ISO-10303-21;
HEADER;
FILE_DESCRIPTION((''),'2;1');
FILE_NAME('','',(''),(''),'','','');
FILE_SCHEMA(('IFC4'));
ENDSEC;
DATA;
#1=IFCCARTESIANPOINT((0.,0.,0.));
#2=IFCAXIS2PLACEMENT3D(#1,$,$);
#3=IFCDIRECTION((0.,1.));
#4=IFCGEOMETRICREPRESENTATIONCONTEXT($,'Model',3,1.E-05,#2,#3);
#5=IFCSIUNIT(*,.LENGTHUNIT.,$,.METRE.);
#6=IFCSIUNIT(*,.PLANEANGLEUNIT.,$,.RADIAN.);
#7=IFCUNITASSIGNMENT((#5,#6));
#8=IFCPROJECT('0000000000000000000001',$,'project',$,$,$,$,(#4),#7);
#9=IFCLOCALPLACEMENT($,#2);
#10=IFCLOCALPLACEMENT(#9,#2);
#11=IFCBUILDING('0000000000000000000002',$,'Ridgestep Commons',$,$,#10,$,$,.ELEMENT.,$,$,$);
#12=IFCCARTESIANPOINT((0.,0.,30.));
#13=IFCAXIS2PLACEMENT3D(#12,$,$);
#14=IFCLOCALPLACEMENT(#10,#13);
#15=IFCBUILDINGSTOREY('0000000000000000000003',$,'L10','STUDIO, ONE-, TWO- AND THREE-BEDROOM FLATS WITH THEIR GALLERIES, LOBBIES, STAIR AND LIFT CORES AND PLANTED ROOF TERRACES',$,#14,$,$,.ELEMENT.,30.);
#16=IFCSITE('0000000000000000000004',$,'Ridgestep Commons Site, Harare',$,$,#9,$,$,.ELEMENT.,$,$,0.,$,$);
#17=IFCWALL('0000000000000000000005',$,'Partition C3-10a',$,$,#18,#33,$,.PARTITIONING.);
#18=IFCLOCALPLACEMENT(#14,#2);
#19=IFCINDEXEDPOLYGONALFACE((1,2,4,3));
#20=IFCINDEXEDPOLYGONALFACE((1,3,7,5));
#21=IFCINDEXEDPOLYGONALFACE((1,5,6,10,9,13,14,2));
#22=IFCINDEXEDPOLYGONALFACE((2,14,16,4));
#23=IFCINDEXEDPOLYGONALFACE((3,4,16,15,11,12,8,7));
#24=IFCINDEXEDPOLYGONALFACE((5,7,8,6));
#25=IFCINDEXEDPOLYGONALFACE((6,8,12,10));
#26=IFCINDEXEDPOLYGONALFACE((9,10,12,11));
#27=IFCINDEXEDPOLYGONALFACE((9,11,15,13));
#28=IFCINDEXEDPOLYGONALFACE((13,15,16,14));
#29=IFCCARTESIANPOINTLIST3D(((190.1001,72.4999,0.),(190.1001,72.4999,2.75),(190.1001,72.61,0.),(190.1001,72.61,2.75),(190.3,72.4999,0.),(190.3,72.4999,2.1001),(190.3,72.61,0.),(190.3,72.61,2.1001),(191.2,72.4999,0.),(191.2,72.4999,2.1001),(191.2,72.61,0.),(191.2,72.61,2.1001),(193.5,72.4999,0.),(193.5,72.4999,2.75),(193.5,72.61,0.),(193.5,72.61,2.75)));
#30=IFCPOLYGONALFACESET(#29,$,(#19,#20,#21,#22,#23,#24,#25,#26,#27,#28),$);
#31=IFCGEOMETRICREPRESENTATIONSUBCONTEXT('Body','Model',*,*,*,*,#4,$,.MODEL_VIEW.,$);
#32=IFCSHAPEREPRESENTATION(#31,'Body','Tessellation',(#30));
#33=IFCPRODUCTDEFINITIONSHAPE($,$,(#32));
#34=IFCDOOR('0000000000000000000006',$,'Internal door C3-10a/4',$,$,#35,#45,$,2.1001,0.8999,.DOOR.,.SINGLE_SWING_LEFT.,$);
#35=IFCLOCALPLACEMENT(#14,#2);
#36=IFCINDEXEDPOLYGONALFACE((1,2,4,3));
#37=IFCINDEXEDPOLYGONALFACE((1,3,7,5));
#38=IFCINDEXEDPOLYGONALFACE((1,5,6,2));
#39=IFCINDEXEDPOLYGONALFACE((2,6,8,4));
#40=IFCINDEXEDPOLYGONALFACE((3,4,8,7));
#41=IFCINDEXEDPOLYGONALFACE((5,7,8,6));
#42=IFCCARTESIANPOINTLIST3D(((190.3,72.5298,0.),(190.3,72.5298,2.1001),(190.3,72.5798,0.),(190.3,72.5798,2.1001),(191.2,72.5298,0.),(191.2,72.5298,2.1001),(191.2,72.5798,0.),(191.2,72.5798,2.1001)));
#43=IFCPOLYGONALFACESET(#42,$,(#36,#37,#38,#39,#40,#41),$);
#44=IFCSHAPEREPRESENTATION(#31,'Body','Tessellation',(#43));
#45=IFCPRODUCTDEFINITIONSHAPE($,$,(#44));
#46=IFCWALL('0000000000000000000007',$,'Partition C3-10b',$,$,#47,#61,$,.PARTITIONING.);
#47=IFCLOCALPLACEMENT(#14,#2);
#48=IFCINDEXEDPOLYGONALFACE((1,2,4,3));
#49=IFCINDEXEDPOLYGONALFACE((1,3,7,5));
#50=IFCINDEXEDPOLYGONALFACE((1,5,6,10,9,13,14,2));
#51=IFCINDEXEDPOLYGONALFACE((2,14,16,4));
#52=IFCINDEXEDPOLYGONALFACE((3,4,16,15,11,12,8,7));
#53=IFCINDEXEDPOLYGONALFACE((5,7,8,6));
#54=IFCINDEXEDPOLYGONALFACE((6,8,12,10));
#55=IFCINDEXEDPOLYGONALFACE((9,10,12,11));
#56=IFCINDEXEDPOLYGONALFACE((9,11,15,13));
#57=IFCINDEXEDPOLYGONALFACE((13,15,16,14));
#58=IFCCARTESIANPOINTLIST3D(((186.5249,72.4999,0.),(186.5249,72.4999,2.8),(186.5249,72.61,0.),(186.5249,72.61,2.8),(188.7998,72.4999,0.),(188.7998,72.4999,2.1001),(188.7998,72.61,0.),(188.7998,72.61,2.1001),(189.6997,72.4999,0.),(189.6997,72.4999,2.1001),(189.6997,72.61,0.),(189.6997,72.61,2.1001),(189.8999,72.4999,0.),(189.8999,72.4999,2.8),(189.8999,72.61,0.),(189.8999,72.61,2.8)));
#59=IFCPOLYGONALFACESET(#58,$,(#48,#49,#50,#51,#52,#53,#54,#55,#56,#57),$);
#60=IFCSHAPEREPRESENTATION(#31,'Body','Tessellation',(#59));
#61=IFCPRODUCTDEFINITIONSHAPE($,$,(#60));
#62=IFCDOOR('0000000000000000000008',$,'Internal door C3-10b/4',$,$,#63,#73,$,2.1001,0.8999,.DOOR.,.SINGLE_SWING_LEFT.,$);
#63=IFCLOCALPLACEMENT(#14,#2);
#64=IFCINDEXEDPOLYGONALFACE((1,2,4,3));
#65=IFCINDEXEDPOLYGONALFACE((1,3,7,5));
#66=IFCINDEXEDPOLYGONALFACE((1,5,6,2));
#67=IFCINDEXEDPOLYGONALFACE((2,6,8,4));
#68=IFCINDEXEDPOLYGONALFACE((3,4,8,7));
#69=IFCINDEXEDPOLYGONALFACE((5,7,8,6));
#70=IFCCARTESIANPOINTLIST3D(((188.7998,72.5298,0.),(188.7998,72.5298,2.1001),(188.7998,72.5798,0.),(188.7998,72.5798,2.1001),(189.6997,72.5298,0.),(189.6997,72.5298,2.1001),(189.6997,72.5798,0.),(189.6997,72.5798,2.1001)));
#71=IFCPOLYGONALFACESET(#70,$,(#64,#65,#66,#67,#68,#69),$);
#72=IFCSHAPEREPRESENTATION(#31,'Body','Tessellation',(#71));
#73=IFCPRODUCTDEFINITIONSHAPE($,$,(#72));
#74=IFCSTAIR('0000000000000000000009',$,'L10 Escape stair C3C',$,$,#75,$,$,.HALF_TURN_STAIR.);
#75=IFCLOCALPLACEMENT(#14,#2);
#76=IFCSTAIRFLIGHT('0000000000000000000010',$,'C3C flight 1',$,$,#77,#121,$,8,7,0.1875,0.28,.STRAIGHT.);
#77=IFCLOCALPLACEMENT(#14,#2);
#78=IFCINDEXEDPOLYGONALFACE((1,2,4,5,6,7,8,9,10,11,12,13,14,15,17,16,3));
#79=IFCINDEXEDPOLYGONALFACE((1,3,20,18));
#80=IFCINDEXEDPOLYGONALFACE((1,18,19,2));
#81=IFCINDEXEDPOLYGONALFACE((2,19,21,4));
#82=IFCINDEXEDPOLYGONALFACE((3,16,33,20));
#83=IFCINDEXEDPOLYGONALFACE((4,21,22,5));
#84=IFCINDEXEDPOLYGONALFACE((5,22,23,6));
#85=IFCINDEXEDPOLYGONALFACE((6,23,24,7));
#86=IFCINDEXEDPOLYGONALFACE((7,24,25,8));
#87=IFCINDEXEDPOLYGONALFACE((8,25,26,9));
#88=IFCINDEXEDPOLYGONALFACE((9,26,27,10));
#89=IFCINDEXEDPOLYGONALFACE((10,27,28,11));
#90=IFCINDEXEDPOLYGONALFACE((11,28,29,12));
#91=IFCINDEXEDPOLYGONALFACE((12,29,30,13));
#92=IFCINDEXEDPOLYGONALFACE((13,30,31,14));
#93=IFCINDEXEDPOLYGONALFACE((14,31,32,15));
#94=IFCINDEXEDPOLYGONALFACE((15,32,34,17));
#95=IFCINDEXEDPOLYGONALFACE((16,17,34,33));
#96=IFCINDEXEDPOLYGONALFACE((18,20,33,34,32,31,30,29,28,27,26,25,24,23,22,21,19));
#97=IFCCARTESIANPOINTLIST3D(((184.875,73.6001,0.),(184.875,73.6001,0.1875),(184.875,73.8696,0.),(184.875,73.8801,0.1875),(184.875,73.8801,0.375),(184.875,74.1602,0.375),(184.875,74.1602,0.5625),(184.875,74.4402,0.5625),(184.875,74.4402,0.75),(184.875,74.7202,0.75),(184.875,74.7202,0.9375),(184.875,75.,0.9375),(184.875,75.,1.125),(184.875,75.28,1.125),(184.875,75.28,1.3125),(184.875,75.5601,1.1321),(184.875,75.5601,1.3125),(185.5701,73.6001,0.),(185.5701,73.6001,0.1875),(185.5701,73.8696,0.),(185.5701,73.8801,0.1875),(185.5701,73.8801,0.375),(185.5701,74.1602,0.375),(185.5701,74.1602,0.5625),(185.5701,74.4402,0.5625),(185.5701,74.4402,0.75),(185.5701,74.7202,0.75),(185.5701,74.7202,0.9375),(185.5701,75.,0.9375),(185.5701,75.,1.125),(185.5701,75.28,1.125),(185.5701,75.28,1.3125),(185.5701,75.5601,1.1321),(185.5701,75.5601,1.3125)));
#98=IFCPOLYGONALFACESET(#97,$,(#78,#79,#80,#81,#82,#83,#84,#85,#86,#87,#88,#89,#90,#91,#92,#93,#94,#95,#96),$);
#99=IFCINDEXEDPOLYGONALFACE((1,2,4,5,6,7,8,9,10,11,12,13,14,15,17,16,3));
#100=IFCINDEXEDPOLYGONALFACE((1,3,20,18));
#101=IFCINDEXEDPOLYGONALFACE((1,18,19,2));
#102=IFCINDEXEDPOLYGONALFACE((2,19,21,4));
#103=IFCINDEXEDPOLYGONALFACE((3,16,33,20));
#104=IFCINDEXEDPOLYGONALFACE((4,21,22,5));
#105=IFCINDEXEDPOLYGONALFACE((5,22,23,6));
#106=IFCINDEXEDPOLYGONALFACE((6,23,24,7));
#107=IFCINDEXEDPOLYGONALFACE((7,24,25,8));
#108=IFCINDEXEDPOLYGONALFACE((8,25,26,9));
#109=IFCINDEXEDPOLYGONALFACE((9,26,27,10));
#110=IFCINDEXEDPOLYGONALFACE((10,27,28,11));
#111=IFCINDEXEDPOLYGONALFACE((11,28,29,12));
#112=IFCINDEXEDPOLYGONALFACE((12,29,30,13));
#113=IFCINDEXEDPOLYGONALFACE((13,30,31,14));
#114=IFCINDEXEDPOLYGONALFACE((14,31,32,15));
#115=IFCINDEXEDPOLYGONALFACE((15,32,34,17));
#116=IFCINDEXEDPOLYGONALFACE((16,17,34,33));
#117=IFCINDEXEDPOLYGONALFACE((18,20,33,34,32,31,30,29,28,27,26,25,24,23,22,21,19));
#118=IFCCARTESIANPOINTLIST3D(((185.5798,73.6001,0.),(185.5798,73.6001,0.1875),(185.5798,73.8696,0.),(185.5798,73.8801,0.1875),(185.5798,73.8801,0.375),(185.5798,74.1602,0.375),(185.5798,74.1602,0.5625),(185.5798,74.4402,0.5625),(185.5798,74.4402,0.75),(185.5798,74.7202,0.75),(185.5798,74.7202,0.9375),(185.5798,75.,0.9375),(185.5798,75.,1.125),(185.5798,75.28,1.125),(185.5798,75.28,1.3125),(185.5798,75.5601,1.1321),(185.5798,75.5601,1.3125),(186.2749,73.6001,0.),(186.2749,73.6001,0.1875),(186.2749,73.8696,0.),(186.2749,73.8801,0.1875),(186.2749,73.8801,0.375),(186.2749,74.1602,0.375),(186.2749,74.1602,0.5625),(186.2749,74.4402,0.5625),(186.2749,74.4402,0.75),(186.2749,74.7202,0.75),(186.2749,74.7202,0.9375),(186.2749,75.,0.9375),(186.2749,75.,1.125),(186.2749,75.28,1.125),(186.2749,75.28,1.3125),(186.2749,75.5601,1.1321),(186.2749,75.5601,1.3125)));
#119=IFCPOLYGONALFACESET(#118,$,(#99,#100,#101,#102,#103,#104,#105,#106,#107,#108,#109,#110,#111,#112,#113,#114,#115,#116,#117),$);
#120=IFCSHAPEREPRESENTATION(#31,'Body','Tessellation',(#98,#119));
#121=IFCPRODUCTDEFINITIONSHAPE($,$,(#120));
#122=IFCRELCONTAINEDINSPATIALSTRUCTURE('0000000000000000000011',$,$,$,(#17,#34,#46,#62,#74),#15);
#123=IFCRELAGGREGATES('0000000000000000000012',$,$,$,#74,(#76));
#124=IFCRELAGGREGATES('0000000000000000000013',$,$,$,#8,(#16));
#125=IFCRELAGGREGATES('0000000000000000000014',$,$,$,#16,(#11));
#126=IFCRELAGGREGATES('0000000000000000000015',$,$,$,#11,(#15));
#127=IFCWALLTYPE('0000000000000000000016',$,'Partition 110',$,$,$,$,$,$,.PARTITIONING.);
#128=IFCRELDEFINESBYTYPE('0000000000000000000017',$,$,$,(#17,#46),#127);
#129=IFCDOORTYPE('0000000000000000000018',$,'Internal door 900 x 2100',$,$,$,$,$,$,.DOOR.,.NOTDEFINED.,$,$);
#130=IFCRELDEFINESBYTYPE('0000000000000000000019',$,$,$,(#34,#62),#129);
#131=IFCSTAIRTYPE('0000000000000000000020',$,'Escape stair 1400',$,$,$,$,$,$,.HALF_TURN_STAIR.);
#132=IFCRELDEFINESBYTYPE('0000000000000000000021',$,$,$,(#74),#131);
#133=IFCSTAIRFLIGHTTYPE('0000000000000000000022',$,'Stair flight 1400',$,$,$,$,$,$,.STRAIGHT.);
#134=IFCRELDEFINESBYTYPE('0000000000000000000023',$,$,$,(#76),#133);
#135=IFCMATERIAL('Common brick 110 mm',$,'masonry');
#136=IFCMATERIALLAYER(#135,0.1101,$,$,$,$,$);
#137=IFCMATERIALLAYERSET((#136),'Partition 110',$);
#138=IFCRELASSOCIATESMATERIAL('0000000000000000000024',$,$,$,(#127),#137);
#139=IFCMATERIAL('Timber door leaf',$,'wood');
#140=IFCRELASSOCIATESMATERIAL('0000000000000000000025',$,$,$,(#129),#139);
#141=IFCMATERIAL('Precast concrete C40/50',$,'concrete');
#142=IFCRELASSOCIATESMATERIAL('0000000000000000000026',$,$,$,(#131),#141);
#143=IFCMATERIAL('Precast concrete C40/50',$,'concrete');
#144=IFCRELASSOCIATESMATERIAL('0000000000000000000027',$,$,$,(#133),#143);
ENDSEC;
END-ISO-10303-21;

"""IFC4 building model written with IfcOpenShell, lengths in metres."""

from ifc_helpers import new_model, si_unit, direction, frame, frame_2d, origin, place, context, subcontext, project, spatial, polyline, rectangle, outline, extrude, material, layer, layer_set, type_object, element, fill, aggregate, save


model = new_model("IFC4")

# Units and contexts
model_context = context("Model", 3, precision=1e-05, world=origin(), true_north=direction((0.0, 1.0)))
body_context = subcontext(model_context, "Body", "Model", "MODEL_VIEW")
ifc_project = project(units=[si_unit("LENGTHUNIT", "METRE"), si_unit("PLANEANGLEUNIT", "RADIAN")], contexts=[model_context])

# Site, building, storey
site_placement = place(None, origin())
site = spatial("IfcSite", under=ifc_project, at=site_placement, Name="Ridgestep Commons Site, Harare", CompositionType="ELEMENT", RefElevation=0.0)
building_placement = place(site_placement, origin())
building = spatial("IfcBuilding", under=site, at=building_placement, Name="Ridgestep Commons", CompositionType="ELEMENT")
storey_placement = place(building_placement, frame((0.0, 0.0, 30.0)))
storey = spatial("IfcBuildingStorey", under=building, at=storey_placement, Name="L10", Description="STUDIO, ONE-, TWO- AND THREE-BEDROOM FLATS WITH THEIR GALLERIES, LOBBIES, STAIR AND LIFT CORES AND PLANTED ROOF TERRACES", CompositionType="ELEMENT", Elevation=30.0)

# Walls, openings, doors
ifc_material_1 = material(Name="Common brick 110 mm", Category="masonry")
ifc_layer_1 = layer(ifc_material_1, 0.1101)
ifc_layer_set_1 = layer_set([ifc_layer_1], Name="Partition 110")
wall_type_1 = type_object("IfcWallType", Name="Partition 110", PredefinedType="PARTITIONING", material=ifc_layer_set_1)
wall_1_placement = place(storey_placement, frame((190.1001, 72.5549, 0.0), z_axis=(0.0, 0.0, 1.0), x_axis=(1.0, 0.0, 0.0)))
wall_1 = element("IfcWall", 1, at=wall_1_placement, inside=storey, type_object=wall_type_1, Name="Partition C3-10a", PredefinedType="PARTITIONING", context=body_context, shape_type="SweptSolid", body=[
    extrude(rectangle(XDim=3.3999, YDim=0.1101, at=frame_2d((1.7, 0.0))), origin(), (0.0, 0.0, 1.0), 2.75),
])
opening_1_placement = place(wall_1_placement, frame((0.2, 0.0, 0.0)))
opening_1 = element("IfcOpeningElement", 2, at=opening_1_placement, cuts=wall_1, PredefinedType="OPENING", context=body_context, shape_type="SweptSolid", body=[
    extrude(rectangle(XDim=0.8999, YDim=2.1001, at=frame_2d((0.45, 1.05))), frame((0.0, 0.0649, 0.0), z_axis=(0.0, -1.0, 0.0), x_axis=(1.0, 0.0, 0.0)), (0.0, 0.0, 1.0), 0.1301),
])
ifc_material_2 = material(Name="Timber door leaf", Category="wood")
door_type = type_object("IfcDoorType", Name="Internal door 900 x 2100", OperationType="NOTDEFINED", PredefinedType="DOOR", material=ifc_material_2)
door_1_placement = place(opening_1_placement, origin())
door_1 = element("IfcDoor", 3, at=door_1_placement, inside=storey, type_object=door_type, Name="Internal door C3-10a/4", OperationType="SINGLE_SWING_LEFT", OverallHeight=2.1001, OverallWidth=0.8999, PredefinedType="DOOR", context=body_context, shape_type="SweptSolid", body=[
    extrude(rectangle(XDim=0.8999, YDim=2.1001, at=frame_2d((0.45, 1.05))), frame((0.0, 0.0249, 0.0), z_axis=(0.0, -1.0, 0.0), x_axis=(1.0, 0.0, 0.0)), (0.0, 0.0, 1.0), 0.05),
])
fill(opening_1, door_1)
wall_2_placement = place(storey_placement, frame((186.5249, 72.5549, 0.0), z_axis=(0.0, 0.0, 1.0), x_axis=(1.0, 0.0, 0.0)))
wall_2 = element("IfcWall", 4, at=wall_2_placement, inside=storey, type_object=wall_type_1, Name="Partition C3-10b", PredefinedType="PARTITIONING", context=body_context, shape_type="SweptSolid", body=[
    extrude(rectangle(XDim=3.375, YDim=0.1101, at=frame_2d((1.6875, 0.0))), origin(), (0.0, 0.0, 1.0), 2.8),
])
opening_2_placement = place(wall_2_placement, frame((2.2749, 0.0, 0.0)))
opening_2 = element("IfcOpeningElement", 5, at=opening_2_placement, cuts=wall_2, PredefinedType="OPENING", context=body_context, shape_type="SweptSolid", body=[
    extrude(rectangle(XDim=0.8999, YDim=2.1001, at=frame_2d((0.45, 1.05))), frame((0.0, 0.0649, 0.0), z_axis=(0.0, -1.0, 0.0), x_axis=(1.0, 0.0, 0.0)), (0.0, 0.0, 1.0), 0.1301),
])
door_2_placement = place(opening_2_placement, origin())
door_2 = element("IfcDoor", 6, at=door_2_placement, inside=storey, type_object=door_type, Name="Internal door C3-10b/4", OperationType="SINGLE_SWING_LEFT", OverallHeight=2.1001, OverallWidth=0.8999, PredefinedType="DOOR", context=body_context, shape_type="SweptSolid", body=[
    extrude(rectangle(XDim=0.8999, YDim=2.1001, at=frame_2d((0.45, 1.05))), frame((0.0, 0.0249, 0.0), z_axis=(0.0, -1.0, 0.0), x_axis=(1.0, 0.0, 0.0)), (0.0, 0.0, 1.0), 0.05),
])
fill(opening_2, door_2)

# Stair, stair flight
ifc_material_3 = material(Name="Precast concrete C40/50", Category="concrete")
stair_type = type_object("IfcStairType", Name="Escape stair 1400", PredefinedType="HALF_TURN_STAIR", material=ifc_material_3)
stair_placement = place(storey_placement, origin())
stair = element("IfcStair", 7, at=stair_placement, inside=storey, type_object=stair_type, Name="L10 Escape stair C3C", PredefinedType="HALF_TURN_STAIR")
ifc_material_4 = material(Name="Precast concrete C40/50", Category="concrete")
stair_flight_type = type_object("IfcStairFlightType", Name="Stair flight 1400", PredefinedType="STRAIGHT", material=ifc_material_4)
stair_flight_placement = place(storey_placement, frame((185.575, 73.6001, 0.0), z_axis=(0.0, 0.0, 1.0), x_axis=(0.0, 1.0, 0.0)))
stair_flight = element("IfcStairFlight", 8, at=stair_flight_placement, type_object=stair_flight_type, Name="C3C flight 1", NumberOfRisers=8, NumberOfTreads=7, PredefinedType="STRAIGHT", RiserHeight=0.1875, TreadLength=0.28, context=body_context, shape_type="SweptSolid", body=[
    extrude(outline(polyline([(0.0, 0.0), (0.0, 0.1875), (0.28, 0.1875), (0.28, 0.375), (0.5601, 0.375), (0.5601, 0.5625), (0.8401, 0.5625), (0.8401, 0.75), (1.1201, 0.75), (1.1201, 0.9375), (1.3999, 0.9375), (1.3999, 1.125), (1.6799, 1.125), (1.6799, 1.3125), (1.96, 1.3125), (1.96, 1.5), (1.96, 1.1321), (0.2695, 0.0), (0.0, 0.0)])), frame((0.0, 0.7, 0.0), z_axis=(0.0, -1.0, 0.0), x_axis=(1.0, 0.0, 0.0)), (0.0, 0.0, 1.0), 0.6951),
    extrude(outline(polyline([(0.0, 0.0), (0.0, 0.1875), (0.28, 0.1875), (0.28, 0.375), (0.5601, 0.375), (0.5601, 0.5625), (0.8401, 0.5625), (0.8401, 0.75), (1.1201, 0.75), (1.1201, 0.9375), (1.3999, 0.9375), (1.3999, 1.125), (1.6799, 1.125), (1.6799, 1.3125), (1.96, 1.3125), (1.96, 1.5), (1.96, 1.1321), (0.2695, 0.0), (0.0, 0.0)])), frame((0.0, -0.0049, 0.0), z_axis=(0.0, -1.0, 0.0), x_axis=(1.0, 0.0, 0.0)), (0.0, 0.0, 1.0), 0.6951),
])
aggregate(stair, [stair_flight])

save(model, "model.ifc")
